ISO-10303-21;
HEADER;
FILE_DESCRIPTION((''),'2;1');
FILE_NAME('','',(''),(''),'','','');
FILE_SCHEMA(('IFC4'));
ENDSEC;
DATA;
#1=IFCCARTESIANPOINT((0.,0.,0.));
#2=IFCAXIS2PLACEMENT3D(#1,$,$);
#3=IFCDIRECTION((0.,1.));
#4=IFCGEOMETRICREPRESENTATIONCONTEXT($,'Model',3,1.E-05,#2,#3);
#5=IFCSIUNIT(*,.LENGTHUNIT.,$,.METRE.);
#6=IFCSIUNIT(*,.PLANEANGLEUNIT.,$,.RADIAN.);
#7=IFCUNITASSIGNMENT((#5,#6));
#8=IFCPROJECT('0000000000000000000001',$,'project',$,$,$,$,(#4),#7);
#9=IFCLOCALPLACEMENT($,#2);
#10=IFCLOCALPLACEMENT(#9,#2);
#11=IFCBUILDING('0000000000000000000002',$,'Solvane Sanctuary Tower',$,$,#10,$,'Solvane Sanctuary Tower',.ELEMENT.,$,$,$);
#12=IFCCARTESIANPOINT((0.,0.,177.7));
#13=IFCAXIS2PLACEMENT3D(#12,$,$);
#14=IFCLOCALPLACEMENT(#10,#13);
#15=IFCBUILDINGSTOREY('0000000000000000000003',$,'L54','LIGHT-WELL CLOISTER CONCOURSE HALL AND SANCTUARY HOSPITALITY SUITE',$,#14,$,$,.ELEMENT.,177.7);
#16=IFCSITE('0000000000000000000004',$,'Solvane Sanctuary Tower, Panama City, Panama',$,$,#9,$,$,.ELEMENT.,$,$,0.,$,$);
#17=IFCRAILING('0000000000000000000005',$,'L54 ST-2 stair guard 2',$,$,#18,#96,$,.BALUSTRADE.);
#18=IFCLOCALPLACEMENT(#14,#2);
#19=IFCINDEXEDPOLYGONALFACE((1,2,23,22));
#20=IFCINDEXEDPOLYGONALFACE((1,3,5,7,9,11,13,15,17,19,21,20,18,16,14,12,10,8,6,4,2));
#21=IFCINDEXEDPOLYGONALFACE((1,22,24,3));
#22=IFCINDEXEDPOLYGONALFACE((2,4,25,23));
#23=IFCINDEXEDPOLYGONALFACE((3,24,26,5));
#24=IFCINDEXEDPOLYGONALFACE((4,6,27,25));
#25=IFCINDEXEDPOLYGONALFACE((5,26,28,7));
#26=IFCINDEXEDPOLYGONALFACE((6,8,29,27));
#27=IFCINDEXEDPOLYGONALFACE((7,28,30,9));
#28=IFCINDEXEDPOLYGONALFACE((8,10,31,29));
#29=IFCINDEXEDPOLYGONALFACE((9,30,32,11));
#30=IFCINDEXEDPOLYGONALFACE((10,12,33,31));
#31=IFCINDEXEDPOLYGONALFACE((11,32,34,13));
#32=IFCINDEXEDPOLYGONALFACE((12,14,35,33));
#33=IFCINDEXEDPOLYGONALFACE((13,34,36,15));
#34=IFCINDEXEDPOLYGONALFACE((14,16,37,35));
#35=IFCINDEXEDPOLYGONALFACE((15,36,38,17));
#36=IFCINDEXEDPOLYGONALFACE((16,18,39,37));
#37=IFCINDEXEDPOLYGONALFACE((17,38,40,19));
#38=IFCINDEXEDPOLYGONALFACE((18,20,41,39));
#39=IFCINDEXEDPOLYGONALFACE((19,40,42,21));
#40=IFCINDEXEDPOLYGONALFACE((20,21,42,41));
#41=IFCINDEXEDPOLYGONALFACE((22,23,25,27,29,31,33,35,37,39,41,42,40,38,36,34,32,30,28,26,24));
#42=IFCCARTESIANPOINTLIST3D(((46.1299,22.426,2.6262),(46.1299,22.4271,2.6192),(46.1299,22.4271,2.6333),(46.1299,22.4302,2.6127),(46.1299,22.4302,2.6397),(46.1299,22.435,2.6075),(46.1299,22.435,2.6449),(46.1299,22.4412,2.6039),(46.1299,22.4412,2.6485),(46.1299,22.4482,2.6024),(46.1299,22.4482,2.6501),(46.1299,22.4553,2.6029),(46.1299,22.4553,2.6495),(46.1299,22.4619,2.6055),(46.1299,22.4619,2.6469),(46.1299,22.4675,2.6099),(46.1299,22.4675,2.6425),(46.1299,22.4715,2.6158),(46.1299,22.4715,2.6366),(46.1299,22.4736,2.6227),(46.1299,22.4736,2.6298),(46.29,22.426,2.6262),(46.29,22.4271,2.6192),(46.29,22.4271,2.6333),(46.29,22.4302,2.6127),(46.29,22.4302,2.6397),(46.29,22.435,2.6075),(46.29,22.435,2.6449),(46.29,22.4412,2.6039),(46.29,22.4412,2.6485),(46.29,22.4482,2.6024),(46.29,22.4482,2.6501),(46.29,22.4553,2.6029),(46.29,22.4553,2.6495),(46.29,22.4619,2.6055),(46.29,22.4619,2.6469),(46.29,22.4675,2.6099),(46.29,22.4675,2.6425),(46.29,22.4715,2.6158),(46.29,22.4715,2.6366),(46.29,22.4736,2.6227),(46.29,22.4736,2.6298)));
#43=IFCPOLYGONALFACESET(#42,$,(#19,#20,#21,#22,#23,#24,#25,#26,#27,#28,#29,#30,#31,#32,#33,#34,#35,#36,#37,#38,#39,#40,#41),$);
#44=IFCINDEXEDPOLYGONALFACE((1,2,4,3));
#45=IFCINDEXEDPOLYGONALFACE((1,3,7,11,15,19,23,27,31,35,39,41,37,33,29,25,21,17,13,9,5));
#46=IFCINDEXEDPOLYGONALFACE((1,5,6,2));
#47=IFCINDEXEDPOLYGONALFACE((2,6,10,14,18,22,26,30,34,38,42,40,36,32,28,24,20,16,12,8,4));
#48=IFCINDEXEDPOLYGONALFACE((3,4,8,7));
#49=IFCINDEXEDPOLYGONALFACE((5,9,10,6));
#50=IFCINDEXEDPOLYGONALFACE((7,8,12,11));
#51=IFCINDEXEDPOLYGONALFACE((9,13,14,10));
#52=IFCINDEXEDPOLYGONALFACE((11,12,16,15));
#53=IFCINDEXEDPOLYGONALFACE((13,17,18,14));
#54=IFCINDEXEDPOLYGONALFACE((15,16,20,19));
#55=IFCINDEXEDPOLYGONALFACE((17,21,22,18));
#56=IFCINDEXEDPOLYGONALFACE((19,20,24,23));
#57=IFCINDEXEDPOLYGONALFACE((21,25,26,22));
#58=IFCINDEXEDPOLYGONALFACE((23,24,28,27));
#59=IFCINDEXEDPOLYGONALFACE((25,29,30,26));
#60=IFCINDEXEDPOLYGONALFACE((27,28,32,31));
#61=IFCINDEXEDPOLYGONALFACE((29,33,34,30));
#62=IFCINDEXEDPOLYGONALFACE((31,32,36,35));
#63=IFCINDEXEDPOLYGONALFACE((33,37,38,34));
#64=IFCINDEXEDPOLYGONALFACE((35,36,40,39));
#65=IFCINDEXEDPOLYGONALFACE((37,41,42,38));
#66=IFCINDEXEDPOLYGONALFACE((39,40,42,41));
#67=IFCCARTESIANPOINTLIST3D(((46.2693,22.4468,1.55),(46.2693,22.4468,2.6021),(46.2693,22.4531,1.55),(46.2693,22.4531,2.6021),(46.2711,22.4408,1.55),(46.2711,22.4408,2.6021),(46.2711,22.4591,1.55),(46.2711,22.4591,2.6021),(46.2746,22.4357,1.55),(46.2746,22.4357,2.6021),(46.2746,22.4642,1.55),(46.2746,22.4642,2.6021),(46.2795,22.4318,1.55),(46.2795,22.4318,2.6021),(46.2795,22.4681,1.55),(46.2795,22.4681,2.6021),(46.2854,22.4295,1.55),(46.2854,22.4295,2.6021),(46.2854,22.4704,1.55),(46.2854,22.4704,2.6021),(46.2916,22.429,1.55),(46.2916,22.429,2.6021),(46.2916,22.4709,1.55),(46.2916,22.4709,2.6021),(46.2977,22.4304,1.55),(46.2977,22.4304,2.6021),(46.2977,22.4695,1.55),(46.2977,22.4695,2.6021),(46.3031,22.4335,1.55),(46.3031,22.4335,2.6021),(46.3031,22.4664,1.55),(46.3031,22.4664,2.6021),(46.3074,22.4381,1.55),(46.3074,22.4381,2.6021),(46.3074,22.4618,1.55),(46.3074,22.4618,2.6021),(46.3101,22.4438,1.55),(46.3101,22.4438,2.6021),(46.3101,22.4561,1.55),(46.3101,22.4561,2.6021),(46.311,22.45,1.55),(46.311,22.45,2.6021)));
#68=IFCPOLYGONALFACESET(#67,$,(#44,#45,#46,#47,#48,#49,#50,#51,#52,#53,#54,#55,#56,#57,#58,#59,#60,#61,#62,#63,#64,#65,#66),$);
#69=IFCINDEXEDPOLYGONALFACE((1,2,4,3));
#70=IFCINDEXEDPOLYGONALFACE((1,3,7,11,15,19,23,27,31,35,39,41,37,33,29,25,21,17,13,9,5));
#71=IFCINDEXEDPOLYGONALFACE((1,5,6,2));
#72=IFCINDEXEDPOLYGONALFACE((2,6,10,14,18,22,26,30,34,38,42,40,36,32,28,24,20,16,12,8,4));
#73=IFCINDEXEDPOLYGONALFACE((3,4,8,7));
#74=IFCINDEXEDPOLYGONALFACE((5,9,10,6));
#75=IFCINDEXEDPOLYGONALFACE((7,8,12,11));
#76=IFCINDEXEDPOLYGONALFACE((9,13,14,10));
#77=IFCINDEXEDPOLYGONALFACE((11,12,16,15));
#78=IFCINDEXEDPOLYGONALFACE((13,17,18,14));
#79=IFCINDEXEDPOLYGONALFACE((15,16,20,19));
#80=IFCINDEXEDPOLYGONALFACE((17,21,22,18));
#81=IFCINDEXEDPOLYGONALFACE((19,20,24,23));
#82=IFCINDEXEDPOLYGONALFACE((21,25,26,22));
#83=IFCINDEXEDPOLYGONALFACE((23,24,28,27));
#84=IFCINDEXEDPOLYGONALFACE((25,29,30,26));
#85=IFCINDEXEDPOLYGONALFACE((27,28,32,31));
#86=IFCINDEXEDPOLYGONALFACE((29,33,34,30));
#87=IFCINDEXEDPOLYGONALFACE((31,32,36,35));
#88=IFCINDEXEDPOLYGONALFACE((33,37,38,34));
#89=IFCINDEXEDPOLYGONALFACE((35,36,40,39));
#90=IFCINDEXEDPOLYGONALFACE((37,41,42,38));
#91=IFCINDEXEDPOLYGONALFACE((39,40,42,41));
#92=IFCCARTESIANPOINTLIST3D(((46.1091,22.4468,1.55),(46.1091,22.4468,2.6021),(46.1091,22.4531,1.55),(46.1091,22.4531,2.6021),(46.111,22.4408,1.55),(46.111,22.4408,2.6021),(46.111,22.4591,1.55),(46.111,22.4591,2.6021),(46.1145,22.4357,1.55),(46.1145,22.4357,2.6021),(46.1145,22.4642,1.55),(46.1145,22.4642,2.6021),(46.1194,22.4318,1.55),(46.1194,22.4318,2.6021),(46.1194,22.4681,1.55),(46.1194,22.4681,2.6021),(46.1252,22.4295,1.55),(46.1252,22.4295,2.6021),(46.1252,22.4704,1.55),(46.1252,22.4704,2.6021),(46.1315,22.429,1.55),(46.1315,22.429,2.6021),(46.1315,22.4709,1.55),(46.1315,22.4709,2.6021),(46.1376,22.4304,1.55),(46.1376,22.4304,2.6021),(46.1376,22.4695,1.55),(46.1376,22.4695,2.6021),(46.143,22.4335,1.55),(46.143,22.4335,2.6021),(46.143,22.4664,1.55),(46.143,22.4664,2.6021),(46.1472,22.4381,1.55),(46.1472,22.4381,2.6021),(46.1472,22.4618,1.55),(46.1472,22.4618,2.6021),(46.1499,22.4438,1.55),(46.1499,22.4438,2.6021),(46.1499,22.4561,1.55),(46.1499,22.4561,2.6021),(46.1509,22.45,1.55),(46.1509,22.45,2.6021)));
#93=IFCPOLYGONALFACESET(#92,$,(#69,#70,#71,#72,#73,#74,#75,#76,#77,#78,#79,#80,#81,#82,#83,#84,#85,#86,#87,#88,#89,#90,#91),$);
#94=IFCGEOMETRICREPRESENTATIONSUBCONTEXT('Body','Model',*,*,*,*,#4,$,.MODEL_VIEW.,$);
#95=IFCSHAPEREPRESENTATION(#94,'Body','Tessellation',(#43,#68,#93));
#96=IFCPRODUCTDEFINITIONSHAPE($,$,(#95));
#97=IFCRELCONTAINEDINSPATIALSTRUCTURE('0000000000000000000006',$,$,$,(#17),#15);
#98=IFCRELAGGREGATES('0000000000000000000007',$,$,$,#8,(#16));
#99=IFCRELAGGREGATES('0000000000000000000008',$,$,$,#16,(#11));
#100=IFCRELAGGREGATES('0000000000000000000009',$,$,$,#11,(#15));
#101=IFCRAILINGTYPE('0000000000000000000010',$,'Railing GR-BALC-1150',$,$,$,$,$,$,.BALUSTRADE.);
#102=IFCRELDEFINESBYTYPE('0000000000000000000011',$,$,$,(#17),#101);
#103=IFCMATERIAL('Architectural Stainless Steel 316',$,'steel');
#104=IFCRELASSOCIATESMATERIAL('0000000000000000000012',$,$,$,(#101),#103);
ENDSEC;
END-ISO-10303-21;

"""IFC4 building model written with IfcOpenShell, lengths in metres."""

from ifc_helpers import new_model, si_unit, direction, frame, origin, origin_2d, place, context, subcontext, project, spatial, circle, extrude, material, type_object, element, save


model = new_model("IFC4")

# Units and contexts
model_context = context("Model", 3, precision=1e-05, world=origin(), true_north=direction((0.0, 1.0)))
body_context = subcontext(model_context, "Body", "Model", "MODEL_VIEW")
ifc_project = project(units=[si_unit("LENGTHUNIT", "METRE"), si_unit("PLANEANGLEUNIT", "RADIAN")], contexts=[model_context])

# Site, building, storey
site_placement = place(None, origin())
site = spatial("IfcSite", under=ifc_project, at=site_placement, Name="Solvane Sanctuary Tower, Panama City, Panama", CompositionType="ELEMENT", RefElevation=0.0)
building_placement = place(site_placement, origin())
building = spatial("IfcBuilding", under=site, at=building_placement, Name="Solvane Sanctuary Tower", LongName="Solvane Sanctuary Tower", CompositionType="ELEMENT")
storey_placement = place(building_placement, frame((0.0, 0.0, 177.7)))
storey = spatial("IfcBuildingStorey", under=building, at=storey_placement, Name="L54", Description="LIGHT-WELL CLOISTER CONCOURSE HALL AND SANCTUARY HOSPITALITY SUITE", CompositionType="ELEMENT", Elevation=177.7)

# Shared definitions
ifc_material_1 = material(Name="Architectural Stainless Steel 316", Category="steel")

# Railing
railing_type_1 = type_object("IfcRailingType", Name="Railing GR-BALC-1150", PredefinedType="BALUSTRADE", material=ifc_material_1)
railing_1_placement = place(storey_placement, frame((46.29, 22.45, 1.55)))
element("IfcRailing", 1, at=railing_1_placement, inside=storey, type_object=railing_type_1, Name="L54 ST-2 stair guard 2", PredefinedType="BALUSTRADE", context=body_context, shape_type="SweptSolid", body=[
    extrude(circle(Radius=0.0239, at=origin_2d()), frame((0.0, 0.0, 1.0762), z_axis=(-1.0, 0.0, 0.0), x_axis=(0.0, -1.0, 0.0)), (0.0, 0.0, 1.0), 0.1602),
    extrude(circle(Radius=0.021, at=origin_2d()), origin(), (0.0, 0.0, 1.0), 1.052),
    extrude(circle(Radius=0.021, at=origin_2d()), frame((-0.1602, 0.0, 0.0)), (0.0, 0.0, 1.0), 1.052),
])

save(model, "model.ifc")
